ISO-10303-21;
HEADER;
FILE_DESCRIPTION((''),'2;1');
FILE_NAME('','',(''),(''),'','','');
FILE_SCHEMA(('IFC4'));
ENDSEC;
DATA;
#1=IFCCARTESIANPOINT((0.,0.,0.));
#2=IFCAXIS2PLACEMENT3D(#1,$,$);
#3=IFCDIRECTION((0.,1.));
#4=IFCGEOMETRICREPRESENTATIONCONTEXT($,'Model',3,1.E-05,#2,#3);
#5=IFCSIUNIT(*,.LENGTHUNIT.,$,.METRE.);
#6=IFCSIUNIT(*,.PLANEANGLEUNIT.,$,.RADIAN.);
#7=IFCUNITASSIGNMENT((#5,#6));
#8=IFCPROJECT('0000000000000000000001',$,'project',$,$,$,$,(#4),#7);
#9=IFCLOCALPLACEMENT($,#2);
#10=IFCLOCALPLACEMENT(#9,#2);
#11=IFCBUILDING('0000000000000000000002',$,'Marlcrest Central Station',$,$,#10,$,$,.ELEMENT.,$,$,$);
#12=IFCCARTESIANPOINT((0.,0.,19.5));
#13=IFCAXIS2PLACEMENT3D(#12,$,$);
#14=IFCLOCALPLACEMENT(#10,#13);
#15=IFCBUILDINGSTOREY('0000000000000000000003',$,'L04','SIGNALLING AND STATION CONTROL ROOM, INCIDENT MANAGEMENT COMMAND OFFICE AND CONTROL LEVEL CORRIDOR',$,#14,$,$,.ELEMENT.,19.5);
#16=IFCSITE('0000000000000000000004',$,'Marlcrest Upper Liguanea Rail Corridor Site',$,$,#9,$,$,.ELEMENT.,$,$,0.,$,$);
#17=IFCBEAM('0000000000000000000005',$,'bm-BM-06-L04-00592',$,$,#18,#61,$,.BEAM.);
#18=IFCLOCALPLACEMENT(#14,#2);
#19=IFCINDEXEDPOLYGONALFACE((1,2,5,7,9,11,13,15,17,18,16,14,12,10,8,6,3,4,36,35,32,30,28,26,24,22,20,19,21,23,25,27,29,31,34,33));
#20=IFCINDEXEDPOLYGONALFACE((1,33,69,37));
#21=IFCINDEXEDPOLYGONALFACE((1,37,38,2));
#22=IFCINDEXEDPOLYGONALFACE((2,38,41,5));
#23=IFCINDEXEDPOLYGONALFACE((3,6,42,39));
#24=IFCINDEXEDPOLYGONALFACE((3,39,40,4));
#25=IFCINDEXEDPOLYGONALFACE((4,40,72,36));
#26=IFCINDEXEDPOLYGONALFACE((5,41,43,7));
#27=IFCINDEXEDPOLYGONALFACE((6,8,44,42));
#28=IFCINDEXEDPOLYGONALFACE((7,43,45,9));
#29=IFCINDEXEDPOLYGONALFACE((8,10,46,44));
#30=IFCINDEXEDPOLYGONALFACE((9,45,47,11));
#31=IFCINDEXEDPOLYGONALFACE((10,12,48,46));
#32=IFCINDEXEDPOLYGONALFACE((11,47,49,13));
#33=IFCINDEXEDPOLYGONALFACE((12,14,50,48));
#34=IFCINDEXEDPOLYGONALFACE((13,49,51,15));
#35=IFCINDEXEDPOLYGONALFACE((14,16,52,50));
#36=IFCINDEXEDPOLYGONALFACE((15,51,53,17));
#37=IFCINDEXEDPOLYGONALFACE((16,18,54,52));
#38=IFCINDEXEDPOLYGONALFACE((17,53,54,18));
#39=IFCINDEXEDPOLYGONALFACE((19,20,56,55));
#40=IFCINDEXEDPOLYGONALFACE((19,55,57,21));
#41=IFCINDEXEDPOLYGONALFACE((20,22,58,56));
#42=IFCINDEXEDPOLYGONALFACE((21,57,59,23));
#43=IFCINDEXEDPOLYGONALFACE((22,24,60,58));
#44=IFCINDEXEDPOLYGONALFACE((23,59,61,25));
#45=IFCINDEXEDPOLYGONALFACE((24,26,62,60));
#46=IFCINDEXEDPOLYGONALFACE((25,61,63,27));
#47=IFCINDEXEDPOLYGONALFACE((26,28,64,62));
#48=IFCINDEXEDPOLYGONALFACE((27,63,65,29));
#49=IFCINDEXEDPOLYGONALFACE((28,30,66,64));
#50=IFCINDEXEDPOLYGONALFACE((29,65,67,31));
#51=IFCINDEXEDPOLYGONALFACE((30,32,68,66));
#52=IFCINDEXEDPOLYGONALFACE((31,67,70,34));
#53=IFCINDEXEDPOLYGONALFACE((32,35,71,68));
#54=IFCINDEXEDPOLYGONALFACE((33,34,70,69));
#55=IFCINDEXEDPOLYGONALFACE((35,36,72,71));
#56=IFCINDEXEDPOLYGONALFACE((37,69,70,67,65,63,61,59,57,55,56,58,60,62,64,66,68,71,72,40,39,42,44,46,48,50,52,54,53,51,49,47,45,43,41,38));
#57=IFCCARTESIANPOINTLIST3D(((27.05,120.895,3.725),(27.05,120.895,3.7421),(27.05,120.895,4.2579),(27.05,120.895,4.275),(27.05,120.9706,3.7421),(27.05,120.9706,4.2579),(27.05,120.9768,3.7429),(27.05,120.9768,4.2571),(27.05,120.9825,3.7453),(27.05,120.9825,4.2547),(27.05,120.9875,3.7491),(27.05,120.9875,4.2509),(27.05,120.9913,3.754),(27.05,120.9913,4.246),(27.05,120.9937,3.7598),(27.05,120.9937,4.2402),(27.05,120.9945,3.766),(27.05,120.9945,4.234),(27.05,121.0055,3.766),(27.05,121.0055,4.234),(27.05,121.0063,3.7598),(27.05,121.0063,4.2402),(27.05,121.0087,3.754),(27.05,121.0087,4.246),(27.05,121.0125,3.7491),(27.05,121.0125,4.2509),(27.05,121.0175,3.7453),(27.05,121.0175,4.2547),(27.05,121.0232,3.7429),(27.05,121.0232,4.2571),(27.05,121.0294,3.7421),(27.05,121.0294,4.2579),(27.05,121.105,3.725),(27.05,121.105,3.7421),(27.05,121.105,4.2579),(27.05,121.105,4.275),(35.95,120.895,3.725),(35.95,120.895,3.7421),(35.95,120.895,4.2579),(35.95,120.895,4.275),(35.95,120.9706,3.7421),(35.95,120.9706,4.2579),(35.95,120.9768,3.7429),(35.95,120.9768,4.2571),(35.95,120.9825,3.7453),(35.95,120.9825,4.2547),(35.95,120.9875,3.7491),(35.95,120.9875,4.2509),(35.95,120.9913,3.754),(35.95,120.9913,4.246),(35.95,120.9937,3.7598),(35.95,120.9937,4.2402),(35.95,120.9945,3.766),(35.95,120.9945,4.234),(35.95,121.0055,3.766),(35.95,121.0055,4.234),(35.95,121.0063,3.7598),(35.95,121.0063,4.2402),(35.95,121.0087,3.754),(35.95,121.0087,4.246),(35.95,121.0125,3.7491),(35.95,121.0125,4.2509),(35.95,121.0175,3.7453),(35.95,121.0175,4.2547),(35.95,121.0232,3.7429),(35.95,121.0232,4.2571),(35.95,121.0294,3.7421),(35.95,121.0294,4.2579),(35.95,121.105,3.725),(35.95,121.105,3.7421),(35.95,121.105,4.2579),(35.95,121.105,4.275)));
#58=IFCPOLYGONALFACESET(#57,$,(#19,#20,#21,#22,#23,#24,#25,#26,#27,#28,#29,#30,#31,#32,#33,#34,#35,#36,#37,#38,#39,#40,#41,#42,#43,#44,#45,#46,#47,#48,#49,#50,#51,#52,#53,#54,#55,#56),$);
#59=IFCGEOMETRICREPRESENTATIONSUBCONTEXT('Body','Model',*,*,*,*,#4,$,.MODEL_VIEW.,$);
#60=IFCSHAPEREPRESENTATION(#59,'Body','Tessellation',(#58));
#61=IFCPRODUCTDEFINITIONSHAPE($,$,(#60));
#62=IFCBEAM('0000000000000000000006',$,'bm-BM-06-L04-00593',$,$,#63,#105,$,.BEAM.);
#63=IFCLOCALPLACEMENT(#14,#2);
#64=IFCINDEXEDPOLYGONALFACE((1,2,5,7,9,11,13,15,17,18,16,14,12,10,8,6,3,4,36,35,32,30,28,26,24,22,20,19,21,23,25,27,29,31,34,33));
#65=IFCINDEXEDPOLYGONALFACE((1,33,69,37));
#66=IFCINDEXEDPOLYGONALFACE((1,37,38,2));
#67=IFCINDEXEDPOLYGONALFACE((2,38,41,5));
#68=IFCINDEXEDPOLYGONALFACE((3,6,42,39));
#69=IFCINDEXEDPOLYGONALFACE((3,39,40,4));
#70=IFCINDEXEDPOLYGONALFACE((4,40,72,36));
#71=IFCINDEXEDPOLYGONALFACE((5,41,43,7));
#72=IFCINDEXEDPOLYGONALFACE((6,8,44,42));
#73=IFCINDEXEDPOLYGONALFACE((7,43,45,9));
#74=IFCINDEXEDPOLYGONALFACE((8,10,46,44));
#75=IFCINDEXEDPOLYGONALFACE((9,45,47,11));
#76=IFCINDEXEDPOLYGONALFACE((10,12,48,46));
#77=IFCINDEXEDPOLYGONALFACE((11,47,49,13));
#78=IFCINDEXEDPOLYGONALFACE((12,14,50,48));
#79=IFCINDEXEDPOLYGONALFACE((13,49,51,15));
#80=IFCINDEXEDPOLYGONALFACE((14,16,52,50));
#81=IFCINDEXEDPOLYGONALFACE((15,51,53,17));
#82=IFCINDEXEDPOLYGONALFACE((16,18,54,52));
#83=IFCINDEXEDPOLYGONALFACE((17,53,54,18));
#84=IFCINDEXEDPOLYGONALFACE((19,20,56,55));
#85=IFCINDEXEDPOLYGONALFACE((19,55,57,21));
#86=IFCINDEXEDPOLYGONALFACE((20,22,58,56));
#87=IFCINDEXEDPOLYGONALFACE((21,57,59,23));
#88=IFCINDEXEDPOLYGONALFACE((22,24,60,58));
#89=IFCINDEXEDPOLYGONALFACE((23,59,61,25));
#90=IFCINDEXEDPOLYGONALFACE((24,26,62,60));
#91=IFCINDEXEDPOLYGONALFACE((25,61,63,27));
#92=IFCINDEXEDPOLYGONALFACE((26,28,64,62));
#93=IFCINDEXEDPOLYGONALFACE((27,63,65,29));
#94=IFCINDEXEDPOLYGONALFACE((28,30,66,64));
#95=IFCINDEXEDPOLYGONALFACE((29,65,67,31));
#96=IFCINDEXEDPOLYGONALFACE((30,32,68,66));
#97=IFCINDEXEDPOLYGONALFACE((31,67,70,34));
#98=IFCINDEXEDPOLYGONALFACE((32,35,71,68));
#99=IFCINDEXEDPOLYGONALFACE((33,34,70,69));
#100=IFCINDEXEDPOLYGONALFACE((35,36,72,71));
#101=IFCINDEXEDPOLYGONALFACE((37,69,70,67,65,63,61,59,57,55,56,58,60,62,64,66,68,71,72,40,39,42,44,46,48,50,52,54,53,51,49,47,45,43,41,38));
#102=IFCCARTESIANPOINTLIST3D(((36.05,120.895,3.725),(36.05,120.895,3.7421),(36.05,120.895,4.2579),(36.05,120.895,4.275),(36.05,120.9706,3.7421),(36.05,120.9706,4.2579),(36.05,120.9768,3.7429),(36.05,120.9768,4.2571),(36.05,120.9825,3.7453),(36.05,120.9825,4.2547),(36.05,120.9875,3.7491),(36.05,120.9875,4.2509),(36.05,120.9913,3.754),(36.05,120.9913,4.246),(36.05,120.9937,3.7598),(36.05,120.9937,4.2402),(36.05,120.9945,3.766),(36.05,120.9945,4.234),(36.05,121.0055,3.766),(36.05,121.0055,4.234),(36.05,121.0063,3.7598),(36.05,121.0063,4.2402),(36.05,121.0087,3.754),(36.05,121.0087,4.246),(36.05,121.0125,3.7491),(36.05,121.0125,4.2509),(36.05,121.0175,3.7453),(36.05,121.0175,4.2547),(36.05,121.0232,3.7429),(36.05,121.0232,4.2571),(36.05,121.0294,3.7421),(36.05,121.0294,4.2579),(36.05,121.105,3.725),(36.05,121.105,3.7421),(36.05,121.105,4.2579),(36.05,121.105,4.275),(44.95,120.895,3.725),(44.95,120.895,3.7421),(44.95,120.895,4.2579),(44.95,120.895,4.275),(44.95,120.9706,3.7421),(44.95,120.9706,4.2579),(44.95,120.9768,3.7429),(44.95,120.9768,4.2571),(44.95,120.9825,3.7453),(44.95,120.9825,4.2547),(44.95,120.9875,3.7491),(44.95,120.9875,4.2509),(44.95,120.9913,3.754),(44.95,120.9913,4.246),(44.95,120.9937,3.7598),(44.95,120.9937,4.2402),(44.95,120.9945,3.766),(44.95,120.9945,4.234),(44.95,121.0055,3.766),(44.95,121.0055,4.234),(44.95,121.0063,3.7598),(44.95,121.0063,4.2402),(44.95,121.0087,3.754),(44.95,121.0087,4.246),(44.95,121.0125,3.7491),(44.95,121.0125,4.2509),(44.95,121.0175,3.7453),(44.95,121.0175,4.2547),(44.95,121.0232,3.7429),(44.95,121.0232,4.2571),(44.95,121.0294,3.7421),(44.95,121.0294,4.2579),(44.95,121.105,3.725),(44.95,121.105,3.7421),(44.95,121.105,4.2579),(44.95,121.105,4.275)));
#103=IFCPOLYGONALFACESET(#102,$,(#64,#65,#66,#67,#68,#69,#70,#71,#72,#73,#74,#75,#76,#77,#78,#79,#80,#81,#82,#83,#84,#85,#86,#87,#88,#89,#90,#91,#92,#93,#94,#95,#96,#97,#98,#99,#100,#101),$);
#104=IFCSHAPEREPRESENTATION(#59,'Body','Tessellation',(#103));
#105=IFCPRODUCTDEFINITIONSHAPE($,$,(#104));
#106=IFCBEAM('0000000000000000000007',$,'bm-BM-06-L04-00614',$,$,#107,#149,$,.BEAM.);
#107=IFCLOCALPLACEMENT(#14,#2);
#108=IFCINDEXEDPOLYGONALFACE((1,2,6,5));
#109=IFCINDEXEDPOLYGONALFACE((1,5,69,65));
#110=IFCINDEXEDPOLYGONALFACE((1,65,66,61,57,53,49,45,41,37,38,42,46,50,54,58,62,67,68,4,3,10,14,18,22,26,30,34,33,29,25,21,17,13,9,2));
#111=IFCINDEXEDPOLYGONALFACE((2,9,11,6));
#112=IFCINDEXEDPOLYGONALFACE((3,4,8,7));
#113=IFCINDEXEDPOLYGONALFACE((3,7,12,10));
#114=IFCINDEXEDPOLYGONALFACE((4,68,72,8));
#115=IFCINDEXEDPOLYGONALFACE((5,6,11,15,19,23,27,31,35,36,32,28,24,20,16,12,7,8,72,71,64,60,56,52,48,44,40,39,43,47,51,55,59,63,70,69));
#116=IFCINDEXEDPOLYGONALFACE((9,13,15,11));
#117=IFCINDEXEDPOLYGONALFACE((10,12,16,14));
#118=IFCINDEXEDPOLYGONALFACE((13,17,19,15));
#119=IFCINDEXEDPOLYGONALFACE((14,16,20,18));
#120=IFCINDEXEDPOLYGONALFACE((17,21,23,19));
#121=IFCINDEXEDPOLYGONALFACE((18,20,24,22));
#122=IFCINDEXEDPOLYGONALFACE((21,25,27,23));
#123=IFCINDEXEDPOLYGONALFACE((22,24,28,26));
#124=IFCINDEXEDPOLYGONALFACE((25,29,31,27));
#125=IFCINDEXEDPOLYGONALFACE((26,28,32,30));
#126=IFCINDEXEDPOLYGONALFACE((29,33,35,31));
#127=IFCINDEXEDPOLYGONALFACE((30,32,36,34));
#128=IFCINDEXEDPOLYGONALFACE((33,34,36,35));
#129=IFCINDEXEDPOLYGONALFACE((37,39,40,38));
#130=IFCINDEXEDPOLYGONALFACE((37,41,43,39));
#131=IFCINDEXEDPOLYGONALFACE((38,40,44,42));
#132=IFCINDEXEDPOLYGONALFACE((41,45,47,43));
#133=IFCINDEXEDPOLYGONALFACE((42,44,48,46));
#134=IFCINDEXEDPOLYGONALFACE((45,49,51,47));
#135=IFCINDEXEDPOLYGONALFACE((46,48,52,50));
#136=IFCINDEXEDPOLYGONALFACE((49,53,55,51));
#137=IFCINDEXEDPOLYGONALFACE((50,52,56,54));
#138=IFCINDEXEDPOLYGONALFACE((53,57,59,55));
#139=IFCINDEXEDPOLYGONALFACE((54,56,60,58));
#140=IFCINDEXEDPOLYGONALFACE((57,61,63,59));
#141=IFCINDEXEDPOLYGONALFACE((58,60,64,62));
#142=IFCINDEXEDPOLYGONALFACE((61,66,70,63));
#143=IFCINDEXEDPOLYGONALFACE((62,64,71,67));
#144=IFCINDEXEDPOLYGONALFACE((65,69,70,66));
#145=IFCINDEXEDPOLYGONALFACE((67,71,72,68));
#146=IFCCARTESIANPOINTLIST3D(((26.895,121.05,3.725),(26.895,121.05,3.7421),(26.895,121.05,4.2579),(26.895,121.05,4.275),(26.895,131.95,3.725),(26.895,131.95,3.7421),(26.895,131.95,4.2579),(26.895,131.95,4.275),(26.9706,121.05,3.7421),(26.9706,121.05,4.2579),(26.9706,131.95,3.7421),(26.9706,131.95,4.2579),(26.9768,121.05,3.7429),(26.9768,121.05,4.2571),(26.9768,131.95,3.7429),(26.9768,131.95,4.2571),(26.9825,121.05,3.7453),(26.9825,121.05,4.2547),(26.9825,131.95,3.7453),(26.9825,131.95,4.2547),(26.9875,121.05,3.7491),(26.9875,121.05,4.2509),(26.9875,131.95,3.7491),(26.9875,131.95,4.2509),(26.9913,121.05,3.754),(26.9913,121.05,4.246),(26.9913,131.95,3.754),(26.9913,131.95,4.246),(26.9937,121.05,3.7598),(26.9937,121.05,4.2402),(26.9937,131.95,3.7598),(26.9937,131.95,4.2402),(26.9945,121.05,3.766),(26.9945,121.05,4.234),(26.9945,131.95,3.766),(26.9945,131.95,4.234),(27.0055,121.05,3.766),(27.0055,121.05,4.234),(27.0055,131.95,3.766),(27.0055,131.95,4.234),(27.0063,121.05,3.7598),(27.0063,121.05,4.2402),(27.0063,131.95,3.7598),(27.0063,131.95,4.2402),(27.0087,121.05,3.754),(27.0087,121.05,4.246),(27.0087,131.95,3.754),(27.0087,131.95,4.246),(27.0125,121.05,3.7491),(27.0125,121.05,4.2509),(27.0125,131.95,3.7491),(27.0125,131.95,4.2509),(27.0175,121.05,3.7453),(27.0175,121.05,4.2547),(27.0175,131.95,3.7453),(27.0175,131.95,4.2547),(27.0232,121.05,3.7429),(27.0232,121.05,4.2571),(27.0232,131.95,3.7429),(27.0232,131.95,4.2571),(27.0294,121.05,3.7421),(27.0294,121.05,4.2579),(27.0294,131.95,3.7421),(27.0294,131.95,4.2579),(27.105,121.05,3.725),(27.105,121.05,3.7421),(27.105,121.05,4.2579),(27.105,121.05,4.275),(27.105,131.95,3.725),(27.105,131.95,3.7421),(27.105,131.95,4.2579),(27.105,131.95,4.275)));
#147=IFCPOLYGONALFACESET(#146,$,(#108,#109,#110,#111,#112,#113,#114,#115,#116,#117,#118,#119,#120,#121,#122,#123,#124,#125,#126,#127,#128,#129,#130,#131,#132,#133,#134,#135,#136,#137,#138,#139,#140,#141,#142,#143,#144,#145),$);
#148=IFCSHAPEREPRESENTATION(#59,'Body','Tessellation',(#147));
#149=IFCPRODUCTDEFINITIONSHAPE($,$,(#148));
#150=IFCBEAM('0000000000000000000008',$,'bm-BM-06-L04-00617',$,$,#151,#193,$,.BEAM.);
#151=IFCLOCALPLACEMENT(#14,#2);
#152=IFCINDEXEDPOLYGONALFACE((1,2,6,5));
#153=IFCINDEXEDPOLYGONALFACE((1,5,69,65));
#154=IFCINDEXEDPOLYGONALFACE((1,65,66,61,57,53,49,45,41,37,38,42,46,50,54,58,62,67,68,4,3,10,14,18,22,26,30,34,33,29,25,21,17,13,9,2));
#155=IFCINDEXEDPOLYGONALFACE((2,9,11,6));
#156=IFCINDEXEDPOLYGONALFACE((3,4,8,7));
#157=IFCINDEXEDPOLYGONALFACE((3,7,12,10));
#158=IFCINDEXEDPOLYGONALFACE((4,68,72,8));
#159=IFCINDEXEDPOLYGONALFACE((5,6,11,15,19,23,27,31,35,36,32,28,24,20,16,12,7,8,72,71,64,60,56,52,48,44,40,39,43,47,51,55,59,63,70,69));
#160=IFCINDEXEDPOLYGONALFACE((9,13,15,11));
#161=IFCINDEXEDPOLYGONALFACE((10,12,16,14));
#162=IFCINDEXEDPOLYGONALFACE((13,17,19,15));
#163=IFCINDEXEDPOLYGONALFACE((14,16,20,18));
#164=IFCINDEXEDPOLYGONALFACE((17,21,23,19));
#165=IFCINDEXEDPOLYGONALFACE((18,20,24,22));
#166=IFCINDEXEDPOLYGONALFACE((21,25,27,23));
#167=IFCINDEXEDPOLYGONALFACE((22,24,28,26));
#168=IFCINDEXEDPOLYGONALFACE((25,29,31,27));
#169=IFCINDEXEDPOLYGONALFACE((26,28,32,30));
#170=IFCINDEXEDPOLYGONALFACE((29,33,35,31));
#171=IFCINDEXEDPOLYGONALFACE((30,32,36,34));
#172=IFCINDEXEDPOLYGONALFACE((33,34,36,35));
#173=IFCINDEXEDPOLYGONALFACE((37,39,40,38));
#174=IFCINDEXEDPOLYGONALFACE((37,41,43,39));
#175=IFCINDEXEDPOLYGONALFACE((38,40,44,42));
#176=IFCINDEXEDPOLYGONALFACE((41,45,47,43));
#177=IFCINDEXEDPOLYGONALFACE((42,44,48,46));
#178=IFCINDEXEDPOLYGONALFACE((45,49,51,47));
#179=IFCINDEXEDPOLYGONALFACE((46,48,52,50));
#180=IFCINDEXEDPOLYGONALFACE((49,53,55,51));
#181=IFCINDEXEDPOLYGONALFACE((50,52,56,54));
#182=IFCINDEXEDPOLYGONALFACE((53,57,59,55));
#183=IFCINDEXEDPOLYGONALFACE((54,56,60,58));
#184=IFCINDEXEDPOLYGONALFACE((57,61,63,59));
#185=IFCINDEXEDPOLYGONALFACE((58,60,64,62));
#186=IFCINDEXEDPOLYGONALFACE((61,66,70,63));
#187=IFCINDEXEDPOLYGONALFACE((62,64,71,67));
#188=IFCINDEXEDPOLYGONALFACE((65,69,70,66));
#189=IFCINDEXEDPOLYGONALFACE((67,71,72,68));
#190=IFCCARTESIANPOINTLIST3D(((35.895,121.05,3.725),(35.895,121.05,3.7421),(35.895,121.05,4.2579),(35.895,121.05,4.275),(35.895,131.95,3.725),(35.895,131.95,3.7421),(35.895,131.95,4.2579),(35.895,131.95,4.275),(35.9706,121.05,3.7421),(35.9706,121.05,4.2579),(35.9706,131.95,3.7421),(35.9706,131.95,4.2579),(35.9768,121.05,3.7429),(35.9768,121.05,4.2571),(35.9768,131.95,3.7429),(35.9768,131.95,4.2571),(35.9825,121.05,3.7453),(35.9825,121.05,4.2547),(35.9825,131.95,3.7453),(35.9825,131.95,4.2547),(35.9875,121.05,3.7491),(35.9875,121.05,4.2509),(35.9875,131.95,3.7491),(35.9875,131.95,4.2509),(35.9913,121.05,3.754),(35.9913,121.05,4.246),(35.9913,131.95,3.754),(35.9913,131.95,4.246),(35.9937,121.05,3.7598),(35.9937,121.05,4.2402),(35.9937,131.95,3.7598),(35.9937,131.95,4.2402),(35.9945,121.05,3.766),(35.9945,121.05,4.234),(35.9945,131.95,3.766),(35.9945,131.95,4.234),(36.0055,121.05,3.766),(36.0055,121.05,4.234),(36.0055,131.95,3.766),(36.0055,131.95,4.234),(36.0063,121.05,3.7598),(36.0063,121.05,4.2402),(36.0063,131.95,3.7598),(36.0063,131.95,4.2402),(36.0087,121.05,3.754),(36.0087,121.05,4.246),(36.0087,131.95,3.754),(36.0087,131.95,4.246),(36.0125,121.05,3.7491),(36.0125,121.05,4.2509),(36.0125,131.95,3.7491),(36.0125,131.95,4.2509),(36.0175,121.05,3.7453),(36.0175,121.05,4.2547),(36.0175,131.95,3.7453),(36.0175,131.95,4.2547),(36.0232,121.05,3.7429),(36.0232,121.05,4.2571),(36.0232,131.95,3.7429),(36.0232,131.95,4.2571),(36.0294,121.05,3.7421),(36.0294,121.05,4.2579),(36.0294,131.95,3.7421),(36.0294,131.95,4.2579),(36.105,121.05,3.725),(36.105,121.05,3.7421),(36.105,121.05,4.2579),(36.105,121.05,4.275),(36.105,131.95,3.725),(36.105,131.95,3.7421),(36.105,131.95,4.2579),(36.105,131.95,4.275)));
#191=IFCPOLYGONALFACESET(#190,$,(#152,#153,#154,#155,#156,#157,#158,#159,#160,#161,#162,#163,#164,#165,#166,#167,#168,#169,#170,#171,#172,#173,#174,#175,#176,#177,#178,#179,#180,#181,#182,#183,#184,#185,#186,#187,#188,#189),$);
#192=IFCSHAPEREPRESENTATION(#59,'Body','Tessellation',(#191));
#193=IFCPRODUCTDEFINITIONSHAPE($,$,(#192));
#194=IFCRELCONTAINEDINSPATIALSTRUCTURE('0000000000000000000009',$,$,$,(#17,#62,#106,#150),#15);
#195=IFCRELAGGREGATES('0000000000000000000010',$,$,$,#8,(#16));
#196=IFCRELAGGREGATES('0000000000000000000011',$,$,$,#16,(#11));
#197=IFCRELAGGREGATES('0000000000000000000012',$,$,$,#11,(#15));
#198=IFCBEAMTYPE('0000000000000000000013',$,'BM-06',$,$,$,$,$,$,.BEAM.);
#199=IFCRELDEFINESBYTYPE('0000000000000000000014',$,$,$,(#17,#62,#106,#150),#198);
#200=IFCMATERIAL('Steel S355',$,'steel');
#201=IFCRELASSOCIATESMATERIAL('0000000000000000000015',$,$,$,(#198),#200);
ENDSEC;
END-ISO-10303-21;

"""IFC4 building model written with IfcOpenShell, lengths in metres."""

from ifc_helpers import new_model, si_unit, direction, frame, origin, origin_2d, place, context, subcontext, project, spatial, i_section, extrude, material, material_profile, profile_set, type_object, element, save


model = new_model("IFC4")

# Units and contexts
model_context = context("Model", 3, precision=1e-05, world=origin(), true_north=direction((0.0, 1.0)))
body_context = subcontext(model_context, "Body", "Model", "MODEL_VIEW")
ifc_project = project(units=[si_unit("LENGTHUNIT", "METRE"), si_unit("PLANEANGLEUNIT", "RADIAN")], contexts=[model_context])

# Site, building, storey
site_placement = place(None, origin())
site = spatial("IfcSite", under=ifc_project, at=site_placement, Name="Marlcrest Upper Liguanea Rail Corridor Site", CompositionType="ELEMENT", RefElevation=0.0)
building_placement = place(site_placement, origin())
building = spatial("IfcBuilding", under=site, at=building_placement, Name="Marlcrest Central Station", CompositionType="ELEMENT")
storey_placement = place(building_placement, frame((0.0, 0.0, 19.5)))
storey = spatial("IfcBuildingStorey", under=building, at=storey_placement, Name="L04", Description="SIGNALLING AND STATION CONTROL ROOM, INCIDENT MANAGEMENT COMMAND OFFICE AND CONTROL LEVEL CORRIDOR", CompositionType="ELEMENT", Elevation=19.5)

# Shared definitions
ifc_material_1 = material(Name="Steel S355", Category="steel")

# Beams
ifc_material_profile_1 = material_profile(ifc_material_1, i_section(OverallWidth=0.21, OverallDepth=0.55, WebThickness=0.011, FlangeThickness=0.0171, FilletRadius=0.0239, at=origin_2d()), Name="IPE 550")
ifc_profile_set_1 = profile_set([ifc_material_profile_1], Name="Steel S355")
beam_type_1 = type_object("IfcBeamType", Name="BM-06", PredefinedType="BEAM", material=ifc_profile_set_1)
for number, where, z_axis, x_axis, name in (
    (1, (27.05, 121.0, 4.0), (1.0, 0.0, 0.0), (0.0, 1.0, 0.0), "bm-BM-06-L04-00592"),
    (2, (36.05, 121.0, 4.0), (1.0, 0.0, 0.0), (0.0, 1.0, 0.0), "bm-BM-06-L04-00593"),
):
    element("IfcBeam", number, at=place(storey_placement, frame(where, z_axis=z_axis, x_axis=x_axis)), inside=storey, type_object=beam_type_1, Name=name, PredefinedType="BEAM", context=body_context, shape_type="SweptSolid", body=[
        extrude(i_section(OverallWidth=0.21, OverallDepth=0.55, WebThickness=0.011, FlangeThickness=0.0171, FilletRadius=0.0239, at=origin_2d()), origin(), (0.0, 0.0, 1.0), 8.8999),
    ])
for number, where, z_axis, x_axis, name in (
    (3, (27.0, 121.05, 4.0), (0.0, 1.0, 0.0), (-1.0, 0.0, 0.0), "bm-BM-06-L04-00614"),
    (4, (36.0, 121.05, 4.0), (0.0, 1.0, 0.0), (-1.0, 0.0, 0.0), "bm-BM-06-L04-00617"),
):
    element("IfcBeam", number, at=place(storey_placement, frame(where, z_axis=z_axis, x_axis=x_axis)), inside=storey, type_object=beam_type_1, Name=name, PredefinedType="BEAM", context=body_context, shape_type="SweptSolid", body=[
        extrude(i_section(OverallWidth=0.21, OverallDepth=0.55, WebThickness=0.011, FlangeThickness=0.0171, FilletRadius=0.0239, at=origin_2d()), origin(), (0.0, 0.0, 1.0), 10.8999),
    ])

save(model, "model.ifc")
